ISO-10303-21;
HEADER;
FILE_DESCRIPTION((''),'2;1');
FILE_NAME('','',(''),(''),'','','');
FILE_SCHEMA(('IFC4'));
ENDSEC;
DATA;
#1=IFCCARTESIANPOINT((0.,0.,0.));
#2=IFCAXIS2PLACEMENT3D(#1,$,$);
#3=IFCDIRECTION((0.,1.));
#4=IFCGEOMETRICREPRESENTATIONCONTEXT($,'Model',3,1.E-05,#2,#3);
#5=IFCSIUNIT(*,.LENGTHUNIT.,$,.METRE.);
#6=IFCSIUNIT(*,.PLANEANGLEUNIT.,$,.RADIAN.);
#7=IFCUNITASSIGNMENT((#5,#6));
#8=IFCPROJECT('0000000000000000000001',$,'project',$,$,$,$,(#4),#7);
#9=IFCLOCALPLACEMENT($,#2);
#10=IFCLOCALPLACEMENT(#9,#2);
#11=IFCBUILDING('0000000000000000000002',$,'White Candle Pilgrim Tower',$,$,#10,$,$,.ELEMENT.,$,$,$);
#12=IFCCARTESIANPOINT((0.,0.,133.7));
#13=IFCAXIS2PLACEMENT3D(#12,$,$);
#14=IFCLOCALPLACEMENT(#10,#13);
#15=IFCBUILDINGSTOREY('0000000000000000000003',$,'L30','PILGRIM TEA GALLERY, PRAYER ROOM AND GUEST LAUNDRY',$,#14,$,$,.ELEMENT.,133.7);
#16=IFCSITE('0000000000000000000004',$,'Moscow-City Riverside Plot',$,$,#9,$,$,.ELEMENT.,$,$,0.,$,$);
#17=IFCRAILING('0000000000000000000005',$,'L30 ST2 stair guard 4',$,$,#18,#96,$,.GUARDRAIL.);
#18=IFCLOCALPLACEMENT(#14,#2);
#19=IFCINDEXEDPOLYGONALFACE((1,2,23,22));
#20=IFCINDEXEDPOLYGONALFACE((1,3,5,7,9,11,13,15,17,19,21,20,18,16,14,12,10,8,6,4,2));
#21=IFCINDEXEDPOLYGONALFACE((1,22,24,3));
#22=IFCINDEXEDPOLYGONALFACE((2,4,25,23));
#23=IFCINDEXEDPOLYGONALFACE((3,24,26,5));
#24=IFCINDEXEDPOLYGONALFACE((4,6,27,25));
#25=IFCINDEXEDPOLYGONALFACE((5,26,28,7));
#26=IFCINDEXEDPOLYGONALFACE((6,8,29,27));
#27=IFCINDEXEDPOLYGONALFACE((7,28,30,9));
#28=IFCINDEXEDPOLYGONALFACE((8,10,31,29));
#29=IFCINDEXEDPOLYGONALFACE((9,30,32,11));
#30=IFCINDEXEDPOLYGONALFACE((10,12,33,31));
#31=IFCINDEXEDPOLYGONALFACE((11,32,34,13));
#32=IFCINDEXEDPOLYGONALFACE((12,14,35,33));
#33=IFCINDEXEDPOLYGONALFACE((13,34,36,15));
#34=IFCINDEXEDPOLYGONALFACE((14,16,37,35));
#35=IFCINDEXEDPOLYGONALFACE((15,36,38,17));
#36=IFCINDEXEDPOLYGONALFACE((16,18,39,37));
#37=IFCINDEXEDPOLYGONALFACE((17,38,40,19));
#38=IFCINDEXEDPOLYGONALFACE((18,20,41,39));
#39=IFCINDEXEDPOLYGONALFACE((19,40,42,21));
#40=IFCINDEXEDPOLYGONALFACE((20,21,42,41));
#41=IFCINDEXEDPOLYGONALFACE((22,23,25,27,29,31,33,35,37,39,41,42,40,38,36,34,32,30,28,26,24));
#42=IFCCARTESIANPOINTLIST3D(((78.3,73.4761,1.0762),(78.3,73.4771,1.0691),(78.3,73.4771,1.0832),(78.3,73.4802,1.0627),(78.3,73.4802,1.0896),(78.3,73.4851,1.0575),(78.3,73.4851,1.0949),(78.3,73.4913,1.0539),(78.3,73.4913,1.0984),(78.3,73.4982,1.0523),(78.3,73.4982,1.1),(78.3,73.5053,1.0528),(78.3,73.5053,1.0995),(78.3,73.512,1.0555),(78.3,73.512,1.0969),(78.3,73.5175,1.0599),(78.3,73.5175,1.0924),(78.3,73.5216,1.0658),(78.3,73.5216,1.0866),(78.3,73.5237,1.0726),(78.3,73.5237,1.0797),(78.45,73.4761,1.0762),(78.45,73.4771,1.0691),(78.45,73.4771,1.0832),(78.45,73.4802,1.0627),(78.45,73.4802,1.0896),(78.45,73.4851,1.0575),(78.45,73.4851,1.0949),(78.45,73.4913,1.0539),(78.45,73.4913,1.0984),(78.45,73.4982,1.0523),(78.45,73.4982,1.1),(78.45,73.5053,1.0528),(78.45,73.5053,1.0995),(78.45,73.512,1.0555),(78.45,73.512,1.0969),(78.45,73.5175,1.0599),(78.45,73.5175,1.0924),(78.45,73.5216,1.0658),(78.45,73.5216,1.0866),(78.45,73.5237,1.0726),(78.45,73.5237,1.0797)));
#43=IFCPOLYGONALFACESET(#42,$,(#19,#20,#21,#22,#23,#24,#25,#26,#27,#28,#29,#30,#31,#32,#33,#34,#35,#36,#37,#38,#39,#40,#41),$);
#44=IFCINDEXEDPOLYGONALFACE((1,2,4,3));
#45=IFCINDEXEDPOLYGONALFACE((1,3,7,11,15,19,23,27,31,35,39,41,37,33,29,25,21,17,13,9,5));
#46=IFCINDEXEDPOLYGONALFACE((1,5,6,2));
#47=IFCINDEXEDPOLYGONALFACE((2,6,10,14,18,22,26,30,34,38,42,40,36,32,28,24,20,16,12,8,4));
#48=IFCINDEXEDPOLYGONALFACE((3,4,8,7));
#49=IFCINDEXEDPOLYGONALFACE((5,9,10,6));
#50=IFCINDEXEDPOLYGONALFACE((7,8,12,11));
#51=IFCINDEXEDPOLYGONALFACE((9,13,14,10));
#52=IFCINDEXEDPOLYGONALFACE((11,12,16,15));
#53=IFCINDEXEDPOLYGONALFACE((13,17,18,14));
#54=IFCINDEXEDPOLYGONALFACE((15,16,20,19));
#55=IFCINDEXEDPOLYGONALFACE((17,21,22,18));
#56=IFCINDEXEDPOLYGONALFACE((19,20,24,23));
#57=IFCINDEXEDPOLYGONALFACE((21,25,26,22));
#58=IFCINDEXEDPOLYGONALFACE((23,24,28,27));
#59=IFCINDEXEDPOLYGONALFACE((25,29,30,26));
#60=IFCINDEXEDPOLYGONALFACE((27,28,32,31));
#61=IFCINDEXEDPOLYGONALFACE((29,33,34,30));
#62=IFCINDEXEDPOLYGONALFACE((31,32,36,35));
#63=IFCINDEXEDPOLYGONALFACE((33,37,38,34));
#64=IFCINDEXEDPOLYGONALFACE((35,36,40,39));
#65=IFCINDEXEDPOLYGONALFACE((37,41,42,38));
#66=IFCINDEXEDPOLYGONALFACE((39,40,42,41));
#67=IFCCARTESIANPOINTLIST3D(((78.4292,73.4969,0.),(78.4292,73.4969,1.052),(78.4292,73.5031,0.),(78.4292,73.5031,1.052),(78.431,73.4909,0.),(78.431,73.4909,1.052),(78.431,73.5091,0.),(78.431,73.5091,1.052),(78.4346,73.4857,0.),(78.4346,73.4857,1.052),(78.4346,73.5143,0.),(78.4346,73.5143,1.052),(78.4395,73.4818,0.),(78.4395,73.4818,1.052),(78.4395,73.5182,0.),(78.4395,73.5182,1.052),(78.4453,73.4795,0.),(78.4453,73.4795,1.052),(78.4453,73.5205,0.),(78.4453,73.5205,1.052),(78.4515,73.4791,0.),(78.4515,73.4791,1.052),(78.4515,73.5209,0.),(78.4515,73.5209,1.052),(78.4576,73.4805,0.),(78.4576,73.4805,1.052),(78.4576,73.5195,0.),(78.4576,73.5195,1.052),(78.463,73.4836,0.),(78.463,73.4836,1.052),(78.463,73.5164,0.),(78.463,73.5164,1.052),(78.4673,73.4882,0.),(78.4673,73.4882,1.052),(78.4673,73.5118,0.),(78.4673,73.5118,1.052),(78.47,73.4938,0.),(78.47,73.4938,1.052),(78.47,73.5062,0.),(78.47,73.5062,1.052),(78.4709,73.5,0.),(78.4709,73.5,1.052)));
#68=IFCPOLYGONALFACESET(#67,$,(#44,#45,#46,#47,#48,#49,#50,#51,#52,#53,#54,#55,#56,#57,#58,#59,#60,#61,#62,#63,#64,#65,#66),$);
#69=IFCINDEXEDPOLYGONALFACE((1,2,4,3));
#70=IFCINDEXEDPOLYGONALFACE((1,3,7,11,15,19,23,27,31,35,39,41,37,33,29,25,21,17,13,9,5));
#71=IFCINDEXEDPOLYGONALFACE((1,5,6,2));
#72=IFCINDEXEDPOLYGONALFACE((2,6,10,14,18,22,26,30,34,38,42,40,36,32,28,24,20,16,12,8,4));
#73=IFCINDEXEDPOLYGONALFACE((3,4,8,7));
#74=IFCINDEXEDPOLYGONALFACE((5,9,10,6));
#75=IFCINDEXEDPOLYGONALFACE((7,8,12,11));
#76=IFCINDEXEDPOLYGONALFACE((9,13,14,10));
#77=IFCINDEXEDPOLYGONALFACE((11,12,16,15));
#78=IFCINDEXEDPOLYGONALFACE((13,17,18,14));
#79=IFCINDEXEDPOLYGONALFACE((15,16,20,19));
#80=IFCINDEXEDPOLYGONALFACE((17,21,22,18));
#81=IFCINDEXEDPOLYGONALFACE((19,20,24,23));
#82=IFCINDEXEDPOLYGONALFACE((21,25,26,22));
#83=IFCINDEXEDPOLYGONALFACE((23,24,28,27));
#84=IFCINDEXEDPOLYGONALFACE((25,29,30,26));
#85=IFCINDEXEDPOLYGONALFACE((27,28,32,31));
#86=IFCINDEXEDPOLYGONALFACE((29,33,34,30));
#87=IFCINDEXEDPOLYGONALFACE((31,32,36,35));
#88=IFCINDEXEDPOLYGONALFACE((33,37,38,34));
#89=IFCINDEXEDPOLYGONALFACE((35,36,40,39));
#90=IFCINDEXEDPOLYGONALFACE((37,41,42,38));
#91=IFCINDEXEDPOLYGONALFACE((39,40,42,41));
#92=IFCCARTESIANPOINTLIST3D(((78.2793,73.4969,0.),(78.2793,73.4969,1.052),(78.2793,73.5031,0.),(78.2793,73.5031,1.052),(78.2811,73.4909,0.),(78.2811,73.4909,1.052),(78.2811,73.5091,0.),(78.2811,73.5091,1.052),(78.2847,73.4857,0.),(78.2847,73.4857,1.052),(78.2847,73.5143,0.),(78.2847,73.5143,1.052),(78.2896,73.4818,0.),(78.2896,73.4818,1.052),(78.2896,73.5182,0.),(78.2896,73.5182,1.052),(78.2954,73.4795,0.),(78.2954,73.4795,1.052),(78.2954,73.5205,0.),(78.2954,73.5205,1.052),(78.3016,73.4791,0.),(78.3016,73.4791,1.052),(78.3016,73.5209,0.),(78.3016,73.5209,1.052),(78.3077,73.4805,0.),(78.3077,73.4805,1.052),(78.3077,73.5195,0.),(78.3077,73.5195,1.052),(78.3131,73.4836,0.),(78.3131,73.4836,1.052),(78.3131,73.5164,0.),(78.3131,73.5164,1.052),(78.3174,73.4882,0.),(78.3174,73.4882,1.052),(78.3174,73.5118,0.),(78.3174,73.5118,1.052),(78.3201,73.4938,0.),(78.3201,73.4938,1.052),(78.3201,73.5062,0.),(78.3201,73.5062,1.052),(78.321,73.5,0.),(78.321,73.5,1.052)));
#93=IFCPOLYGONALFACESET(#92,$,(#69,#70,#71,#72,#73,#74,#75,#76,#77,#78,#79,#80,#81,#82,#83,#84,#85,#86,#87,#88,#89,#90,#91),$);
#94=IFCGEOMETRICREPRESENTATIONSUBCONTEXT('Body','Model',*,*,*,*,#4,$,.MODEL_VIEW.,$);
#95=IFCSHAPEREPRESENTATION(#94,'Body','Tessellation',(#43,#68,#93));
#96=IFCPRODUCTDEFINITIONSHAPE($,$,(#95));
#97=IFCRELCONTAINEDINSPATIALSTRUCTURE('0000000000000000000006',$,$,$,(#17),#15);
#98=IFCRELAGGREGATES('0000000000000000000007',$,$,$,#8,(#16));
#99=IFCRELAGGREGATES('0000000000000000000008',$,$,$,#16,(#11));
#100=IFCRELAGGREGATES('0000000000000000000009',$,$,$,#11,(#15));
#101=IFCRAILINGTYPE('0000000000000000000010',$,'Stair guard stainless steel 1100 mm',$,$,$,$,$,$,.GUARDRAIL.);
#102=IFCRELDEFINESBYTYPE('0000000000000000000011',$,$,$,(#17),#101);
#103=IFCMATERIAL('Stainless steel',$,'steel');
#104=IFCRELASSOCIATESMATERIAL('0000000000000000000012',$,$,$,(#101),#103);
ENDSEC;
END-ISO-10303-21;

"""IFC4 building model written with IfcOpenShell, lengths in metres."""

from ifc_helpers import new_model, si_unit, direction, frame, origin, origin_2d, place, context, subcontext, project, spatial, circle, extrude, material, type_object, element, save


model = new_model("IFC4")

# Units and contexts
model_context = context("Model", 3, precision=1e-05, world=origin(), true_north=direction((0.0, 1.0)))
body_context = subcontext(model_context, "Body", "Model", "MODEL_VIEW")
ifc_project = project(units=[si_unit("LENGTHUNIT", "METRE"), si_unit("PLANEANGLEUNIT", "RADIAN")], contexts=[model_context])

# Site, building, storey
site_placement = place(None, origin())
site = spatial("IfcSite", under=ifc_project, at=site_placement, Name="Moscow-City Riverside Plot", CompositionType="ELEMENT", RefElevation=0.0)
building_placement = place(site_placement, origin())
building = spatial("IfcBuilding", under=site, at=building_placement, Name="White Candle Pilgrim Tower", CompositionType="ELEMENT")
storey_placement = place(building_placement, frame((0.0, 0.0, 133.7)))
storey = spatial("IfcBuildingStorey", under=building, at=storey_placement, Name="L30", Description="PILGRIM TEA GALLERY, PRAYER ROOM AND GUEST LAUNDRY", CompositionType="ELEMENT", Elevation=133.7)

# Railing
ifc_material_1 = material(Name="Stainless steel", Category="steel")
railing_type_1 = type_object("IfcRailingType", Name="Stair guard stainless steel 1100 mm", PredefinedType="GUARDRAIL", material=ifc_material_1)
railing_1_placement = place(storey_placement, frame((78.45, 73.5, 0.0)))
element("IfcRailing", 1, at=railing_1_placement, inside=storey, type_object=railing_type_1, Name="L30 ST2 stair guard 4", PredefinedType="GUARDRAIL", context=body_context, shape_type="SweptSolid", body=[
    extrude(circle(Radius=0.0239, at=origin_2d()), frame((0.0, 0.0, 1.0762), z_axis=(-1.0, 0.0, 0.0), x_axis=(0.0, -1.0, 0.0)), (0.0, 0.0, 1.0), 0.1499),
    extrude(circle(Radius=0.021, at=origin_2d()), origin(), (0.0, 0.0, 1.0), 1.052),
    extrude(circle(Radius=0.021, at=origin_2d()), frame((-0.1499, 0.0, 0.0)), (0.0, 0.0, 1.0), 1.052),
])

save(model, "model.ifc")
